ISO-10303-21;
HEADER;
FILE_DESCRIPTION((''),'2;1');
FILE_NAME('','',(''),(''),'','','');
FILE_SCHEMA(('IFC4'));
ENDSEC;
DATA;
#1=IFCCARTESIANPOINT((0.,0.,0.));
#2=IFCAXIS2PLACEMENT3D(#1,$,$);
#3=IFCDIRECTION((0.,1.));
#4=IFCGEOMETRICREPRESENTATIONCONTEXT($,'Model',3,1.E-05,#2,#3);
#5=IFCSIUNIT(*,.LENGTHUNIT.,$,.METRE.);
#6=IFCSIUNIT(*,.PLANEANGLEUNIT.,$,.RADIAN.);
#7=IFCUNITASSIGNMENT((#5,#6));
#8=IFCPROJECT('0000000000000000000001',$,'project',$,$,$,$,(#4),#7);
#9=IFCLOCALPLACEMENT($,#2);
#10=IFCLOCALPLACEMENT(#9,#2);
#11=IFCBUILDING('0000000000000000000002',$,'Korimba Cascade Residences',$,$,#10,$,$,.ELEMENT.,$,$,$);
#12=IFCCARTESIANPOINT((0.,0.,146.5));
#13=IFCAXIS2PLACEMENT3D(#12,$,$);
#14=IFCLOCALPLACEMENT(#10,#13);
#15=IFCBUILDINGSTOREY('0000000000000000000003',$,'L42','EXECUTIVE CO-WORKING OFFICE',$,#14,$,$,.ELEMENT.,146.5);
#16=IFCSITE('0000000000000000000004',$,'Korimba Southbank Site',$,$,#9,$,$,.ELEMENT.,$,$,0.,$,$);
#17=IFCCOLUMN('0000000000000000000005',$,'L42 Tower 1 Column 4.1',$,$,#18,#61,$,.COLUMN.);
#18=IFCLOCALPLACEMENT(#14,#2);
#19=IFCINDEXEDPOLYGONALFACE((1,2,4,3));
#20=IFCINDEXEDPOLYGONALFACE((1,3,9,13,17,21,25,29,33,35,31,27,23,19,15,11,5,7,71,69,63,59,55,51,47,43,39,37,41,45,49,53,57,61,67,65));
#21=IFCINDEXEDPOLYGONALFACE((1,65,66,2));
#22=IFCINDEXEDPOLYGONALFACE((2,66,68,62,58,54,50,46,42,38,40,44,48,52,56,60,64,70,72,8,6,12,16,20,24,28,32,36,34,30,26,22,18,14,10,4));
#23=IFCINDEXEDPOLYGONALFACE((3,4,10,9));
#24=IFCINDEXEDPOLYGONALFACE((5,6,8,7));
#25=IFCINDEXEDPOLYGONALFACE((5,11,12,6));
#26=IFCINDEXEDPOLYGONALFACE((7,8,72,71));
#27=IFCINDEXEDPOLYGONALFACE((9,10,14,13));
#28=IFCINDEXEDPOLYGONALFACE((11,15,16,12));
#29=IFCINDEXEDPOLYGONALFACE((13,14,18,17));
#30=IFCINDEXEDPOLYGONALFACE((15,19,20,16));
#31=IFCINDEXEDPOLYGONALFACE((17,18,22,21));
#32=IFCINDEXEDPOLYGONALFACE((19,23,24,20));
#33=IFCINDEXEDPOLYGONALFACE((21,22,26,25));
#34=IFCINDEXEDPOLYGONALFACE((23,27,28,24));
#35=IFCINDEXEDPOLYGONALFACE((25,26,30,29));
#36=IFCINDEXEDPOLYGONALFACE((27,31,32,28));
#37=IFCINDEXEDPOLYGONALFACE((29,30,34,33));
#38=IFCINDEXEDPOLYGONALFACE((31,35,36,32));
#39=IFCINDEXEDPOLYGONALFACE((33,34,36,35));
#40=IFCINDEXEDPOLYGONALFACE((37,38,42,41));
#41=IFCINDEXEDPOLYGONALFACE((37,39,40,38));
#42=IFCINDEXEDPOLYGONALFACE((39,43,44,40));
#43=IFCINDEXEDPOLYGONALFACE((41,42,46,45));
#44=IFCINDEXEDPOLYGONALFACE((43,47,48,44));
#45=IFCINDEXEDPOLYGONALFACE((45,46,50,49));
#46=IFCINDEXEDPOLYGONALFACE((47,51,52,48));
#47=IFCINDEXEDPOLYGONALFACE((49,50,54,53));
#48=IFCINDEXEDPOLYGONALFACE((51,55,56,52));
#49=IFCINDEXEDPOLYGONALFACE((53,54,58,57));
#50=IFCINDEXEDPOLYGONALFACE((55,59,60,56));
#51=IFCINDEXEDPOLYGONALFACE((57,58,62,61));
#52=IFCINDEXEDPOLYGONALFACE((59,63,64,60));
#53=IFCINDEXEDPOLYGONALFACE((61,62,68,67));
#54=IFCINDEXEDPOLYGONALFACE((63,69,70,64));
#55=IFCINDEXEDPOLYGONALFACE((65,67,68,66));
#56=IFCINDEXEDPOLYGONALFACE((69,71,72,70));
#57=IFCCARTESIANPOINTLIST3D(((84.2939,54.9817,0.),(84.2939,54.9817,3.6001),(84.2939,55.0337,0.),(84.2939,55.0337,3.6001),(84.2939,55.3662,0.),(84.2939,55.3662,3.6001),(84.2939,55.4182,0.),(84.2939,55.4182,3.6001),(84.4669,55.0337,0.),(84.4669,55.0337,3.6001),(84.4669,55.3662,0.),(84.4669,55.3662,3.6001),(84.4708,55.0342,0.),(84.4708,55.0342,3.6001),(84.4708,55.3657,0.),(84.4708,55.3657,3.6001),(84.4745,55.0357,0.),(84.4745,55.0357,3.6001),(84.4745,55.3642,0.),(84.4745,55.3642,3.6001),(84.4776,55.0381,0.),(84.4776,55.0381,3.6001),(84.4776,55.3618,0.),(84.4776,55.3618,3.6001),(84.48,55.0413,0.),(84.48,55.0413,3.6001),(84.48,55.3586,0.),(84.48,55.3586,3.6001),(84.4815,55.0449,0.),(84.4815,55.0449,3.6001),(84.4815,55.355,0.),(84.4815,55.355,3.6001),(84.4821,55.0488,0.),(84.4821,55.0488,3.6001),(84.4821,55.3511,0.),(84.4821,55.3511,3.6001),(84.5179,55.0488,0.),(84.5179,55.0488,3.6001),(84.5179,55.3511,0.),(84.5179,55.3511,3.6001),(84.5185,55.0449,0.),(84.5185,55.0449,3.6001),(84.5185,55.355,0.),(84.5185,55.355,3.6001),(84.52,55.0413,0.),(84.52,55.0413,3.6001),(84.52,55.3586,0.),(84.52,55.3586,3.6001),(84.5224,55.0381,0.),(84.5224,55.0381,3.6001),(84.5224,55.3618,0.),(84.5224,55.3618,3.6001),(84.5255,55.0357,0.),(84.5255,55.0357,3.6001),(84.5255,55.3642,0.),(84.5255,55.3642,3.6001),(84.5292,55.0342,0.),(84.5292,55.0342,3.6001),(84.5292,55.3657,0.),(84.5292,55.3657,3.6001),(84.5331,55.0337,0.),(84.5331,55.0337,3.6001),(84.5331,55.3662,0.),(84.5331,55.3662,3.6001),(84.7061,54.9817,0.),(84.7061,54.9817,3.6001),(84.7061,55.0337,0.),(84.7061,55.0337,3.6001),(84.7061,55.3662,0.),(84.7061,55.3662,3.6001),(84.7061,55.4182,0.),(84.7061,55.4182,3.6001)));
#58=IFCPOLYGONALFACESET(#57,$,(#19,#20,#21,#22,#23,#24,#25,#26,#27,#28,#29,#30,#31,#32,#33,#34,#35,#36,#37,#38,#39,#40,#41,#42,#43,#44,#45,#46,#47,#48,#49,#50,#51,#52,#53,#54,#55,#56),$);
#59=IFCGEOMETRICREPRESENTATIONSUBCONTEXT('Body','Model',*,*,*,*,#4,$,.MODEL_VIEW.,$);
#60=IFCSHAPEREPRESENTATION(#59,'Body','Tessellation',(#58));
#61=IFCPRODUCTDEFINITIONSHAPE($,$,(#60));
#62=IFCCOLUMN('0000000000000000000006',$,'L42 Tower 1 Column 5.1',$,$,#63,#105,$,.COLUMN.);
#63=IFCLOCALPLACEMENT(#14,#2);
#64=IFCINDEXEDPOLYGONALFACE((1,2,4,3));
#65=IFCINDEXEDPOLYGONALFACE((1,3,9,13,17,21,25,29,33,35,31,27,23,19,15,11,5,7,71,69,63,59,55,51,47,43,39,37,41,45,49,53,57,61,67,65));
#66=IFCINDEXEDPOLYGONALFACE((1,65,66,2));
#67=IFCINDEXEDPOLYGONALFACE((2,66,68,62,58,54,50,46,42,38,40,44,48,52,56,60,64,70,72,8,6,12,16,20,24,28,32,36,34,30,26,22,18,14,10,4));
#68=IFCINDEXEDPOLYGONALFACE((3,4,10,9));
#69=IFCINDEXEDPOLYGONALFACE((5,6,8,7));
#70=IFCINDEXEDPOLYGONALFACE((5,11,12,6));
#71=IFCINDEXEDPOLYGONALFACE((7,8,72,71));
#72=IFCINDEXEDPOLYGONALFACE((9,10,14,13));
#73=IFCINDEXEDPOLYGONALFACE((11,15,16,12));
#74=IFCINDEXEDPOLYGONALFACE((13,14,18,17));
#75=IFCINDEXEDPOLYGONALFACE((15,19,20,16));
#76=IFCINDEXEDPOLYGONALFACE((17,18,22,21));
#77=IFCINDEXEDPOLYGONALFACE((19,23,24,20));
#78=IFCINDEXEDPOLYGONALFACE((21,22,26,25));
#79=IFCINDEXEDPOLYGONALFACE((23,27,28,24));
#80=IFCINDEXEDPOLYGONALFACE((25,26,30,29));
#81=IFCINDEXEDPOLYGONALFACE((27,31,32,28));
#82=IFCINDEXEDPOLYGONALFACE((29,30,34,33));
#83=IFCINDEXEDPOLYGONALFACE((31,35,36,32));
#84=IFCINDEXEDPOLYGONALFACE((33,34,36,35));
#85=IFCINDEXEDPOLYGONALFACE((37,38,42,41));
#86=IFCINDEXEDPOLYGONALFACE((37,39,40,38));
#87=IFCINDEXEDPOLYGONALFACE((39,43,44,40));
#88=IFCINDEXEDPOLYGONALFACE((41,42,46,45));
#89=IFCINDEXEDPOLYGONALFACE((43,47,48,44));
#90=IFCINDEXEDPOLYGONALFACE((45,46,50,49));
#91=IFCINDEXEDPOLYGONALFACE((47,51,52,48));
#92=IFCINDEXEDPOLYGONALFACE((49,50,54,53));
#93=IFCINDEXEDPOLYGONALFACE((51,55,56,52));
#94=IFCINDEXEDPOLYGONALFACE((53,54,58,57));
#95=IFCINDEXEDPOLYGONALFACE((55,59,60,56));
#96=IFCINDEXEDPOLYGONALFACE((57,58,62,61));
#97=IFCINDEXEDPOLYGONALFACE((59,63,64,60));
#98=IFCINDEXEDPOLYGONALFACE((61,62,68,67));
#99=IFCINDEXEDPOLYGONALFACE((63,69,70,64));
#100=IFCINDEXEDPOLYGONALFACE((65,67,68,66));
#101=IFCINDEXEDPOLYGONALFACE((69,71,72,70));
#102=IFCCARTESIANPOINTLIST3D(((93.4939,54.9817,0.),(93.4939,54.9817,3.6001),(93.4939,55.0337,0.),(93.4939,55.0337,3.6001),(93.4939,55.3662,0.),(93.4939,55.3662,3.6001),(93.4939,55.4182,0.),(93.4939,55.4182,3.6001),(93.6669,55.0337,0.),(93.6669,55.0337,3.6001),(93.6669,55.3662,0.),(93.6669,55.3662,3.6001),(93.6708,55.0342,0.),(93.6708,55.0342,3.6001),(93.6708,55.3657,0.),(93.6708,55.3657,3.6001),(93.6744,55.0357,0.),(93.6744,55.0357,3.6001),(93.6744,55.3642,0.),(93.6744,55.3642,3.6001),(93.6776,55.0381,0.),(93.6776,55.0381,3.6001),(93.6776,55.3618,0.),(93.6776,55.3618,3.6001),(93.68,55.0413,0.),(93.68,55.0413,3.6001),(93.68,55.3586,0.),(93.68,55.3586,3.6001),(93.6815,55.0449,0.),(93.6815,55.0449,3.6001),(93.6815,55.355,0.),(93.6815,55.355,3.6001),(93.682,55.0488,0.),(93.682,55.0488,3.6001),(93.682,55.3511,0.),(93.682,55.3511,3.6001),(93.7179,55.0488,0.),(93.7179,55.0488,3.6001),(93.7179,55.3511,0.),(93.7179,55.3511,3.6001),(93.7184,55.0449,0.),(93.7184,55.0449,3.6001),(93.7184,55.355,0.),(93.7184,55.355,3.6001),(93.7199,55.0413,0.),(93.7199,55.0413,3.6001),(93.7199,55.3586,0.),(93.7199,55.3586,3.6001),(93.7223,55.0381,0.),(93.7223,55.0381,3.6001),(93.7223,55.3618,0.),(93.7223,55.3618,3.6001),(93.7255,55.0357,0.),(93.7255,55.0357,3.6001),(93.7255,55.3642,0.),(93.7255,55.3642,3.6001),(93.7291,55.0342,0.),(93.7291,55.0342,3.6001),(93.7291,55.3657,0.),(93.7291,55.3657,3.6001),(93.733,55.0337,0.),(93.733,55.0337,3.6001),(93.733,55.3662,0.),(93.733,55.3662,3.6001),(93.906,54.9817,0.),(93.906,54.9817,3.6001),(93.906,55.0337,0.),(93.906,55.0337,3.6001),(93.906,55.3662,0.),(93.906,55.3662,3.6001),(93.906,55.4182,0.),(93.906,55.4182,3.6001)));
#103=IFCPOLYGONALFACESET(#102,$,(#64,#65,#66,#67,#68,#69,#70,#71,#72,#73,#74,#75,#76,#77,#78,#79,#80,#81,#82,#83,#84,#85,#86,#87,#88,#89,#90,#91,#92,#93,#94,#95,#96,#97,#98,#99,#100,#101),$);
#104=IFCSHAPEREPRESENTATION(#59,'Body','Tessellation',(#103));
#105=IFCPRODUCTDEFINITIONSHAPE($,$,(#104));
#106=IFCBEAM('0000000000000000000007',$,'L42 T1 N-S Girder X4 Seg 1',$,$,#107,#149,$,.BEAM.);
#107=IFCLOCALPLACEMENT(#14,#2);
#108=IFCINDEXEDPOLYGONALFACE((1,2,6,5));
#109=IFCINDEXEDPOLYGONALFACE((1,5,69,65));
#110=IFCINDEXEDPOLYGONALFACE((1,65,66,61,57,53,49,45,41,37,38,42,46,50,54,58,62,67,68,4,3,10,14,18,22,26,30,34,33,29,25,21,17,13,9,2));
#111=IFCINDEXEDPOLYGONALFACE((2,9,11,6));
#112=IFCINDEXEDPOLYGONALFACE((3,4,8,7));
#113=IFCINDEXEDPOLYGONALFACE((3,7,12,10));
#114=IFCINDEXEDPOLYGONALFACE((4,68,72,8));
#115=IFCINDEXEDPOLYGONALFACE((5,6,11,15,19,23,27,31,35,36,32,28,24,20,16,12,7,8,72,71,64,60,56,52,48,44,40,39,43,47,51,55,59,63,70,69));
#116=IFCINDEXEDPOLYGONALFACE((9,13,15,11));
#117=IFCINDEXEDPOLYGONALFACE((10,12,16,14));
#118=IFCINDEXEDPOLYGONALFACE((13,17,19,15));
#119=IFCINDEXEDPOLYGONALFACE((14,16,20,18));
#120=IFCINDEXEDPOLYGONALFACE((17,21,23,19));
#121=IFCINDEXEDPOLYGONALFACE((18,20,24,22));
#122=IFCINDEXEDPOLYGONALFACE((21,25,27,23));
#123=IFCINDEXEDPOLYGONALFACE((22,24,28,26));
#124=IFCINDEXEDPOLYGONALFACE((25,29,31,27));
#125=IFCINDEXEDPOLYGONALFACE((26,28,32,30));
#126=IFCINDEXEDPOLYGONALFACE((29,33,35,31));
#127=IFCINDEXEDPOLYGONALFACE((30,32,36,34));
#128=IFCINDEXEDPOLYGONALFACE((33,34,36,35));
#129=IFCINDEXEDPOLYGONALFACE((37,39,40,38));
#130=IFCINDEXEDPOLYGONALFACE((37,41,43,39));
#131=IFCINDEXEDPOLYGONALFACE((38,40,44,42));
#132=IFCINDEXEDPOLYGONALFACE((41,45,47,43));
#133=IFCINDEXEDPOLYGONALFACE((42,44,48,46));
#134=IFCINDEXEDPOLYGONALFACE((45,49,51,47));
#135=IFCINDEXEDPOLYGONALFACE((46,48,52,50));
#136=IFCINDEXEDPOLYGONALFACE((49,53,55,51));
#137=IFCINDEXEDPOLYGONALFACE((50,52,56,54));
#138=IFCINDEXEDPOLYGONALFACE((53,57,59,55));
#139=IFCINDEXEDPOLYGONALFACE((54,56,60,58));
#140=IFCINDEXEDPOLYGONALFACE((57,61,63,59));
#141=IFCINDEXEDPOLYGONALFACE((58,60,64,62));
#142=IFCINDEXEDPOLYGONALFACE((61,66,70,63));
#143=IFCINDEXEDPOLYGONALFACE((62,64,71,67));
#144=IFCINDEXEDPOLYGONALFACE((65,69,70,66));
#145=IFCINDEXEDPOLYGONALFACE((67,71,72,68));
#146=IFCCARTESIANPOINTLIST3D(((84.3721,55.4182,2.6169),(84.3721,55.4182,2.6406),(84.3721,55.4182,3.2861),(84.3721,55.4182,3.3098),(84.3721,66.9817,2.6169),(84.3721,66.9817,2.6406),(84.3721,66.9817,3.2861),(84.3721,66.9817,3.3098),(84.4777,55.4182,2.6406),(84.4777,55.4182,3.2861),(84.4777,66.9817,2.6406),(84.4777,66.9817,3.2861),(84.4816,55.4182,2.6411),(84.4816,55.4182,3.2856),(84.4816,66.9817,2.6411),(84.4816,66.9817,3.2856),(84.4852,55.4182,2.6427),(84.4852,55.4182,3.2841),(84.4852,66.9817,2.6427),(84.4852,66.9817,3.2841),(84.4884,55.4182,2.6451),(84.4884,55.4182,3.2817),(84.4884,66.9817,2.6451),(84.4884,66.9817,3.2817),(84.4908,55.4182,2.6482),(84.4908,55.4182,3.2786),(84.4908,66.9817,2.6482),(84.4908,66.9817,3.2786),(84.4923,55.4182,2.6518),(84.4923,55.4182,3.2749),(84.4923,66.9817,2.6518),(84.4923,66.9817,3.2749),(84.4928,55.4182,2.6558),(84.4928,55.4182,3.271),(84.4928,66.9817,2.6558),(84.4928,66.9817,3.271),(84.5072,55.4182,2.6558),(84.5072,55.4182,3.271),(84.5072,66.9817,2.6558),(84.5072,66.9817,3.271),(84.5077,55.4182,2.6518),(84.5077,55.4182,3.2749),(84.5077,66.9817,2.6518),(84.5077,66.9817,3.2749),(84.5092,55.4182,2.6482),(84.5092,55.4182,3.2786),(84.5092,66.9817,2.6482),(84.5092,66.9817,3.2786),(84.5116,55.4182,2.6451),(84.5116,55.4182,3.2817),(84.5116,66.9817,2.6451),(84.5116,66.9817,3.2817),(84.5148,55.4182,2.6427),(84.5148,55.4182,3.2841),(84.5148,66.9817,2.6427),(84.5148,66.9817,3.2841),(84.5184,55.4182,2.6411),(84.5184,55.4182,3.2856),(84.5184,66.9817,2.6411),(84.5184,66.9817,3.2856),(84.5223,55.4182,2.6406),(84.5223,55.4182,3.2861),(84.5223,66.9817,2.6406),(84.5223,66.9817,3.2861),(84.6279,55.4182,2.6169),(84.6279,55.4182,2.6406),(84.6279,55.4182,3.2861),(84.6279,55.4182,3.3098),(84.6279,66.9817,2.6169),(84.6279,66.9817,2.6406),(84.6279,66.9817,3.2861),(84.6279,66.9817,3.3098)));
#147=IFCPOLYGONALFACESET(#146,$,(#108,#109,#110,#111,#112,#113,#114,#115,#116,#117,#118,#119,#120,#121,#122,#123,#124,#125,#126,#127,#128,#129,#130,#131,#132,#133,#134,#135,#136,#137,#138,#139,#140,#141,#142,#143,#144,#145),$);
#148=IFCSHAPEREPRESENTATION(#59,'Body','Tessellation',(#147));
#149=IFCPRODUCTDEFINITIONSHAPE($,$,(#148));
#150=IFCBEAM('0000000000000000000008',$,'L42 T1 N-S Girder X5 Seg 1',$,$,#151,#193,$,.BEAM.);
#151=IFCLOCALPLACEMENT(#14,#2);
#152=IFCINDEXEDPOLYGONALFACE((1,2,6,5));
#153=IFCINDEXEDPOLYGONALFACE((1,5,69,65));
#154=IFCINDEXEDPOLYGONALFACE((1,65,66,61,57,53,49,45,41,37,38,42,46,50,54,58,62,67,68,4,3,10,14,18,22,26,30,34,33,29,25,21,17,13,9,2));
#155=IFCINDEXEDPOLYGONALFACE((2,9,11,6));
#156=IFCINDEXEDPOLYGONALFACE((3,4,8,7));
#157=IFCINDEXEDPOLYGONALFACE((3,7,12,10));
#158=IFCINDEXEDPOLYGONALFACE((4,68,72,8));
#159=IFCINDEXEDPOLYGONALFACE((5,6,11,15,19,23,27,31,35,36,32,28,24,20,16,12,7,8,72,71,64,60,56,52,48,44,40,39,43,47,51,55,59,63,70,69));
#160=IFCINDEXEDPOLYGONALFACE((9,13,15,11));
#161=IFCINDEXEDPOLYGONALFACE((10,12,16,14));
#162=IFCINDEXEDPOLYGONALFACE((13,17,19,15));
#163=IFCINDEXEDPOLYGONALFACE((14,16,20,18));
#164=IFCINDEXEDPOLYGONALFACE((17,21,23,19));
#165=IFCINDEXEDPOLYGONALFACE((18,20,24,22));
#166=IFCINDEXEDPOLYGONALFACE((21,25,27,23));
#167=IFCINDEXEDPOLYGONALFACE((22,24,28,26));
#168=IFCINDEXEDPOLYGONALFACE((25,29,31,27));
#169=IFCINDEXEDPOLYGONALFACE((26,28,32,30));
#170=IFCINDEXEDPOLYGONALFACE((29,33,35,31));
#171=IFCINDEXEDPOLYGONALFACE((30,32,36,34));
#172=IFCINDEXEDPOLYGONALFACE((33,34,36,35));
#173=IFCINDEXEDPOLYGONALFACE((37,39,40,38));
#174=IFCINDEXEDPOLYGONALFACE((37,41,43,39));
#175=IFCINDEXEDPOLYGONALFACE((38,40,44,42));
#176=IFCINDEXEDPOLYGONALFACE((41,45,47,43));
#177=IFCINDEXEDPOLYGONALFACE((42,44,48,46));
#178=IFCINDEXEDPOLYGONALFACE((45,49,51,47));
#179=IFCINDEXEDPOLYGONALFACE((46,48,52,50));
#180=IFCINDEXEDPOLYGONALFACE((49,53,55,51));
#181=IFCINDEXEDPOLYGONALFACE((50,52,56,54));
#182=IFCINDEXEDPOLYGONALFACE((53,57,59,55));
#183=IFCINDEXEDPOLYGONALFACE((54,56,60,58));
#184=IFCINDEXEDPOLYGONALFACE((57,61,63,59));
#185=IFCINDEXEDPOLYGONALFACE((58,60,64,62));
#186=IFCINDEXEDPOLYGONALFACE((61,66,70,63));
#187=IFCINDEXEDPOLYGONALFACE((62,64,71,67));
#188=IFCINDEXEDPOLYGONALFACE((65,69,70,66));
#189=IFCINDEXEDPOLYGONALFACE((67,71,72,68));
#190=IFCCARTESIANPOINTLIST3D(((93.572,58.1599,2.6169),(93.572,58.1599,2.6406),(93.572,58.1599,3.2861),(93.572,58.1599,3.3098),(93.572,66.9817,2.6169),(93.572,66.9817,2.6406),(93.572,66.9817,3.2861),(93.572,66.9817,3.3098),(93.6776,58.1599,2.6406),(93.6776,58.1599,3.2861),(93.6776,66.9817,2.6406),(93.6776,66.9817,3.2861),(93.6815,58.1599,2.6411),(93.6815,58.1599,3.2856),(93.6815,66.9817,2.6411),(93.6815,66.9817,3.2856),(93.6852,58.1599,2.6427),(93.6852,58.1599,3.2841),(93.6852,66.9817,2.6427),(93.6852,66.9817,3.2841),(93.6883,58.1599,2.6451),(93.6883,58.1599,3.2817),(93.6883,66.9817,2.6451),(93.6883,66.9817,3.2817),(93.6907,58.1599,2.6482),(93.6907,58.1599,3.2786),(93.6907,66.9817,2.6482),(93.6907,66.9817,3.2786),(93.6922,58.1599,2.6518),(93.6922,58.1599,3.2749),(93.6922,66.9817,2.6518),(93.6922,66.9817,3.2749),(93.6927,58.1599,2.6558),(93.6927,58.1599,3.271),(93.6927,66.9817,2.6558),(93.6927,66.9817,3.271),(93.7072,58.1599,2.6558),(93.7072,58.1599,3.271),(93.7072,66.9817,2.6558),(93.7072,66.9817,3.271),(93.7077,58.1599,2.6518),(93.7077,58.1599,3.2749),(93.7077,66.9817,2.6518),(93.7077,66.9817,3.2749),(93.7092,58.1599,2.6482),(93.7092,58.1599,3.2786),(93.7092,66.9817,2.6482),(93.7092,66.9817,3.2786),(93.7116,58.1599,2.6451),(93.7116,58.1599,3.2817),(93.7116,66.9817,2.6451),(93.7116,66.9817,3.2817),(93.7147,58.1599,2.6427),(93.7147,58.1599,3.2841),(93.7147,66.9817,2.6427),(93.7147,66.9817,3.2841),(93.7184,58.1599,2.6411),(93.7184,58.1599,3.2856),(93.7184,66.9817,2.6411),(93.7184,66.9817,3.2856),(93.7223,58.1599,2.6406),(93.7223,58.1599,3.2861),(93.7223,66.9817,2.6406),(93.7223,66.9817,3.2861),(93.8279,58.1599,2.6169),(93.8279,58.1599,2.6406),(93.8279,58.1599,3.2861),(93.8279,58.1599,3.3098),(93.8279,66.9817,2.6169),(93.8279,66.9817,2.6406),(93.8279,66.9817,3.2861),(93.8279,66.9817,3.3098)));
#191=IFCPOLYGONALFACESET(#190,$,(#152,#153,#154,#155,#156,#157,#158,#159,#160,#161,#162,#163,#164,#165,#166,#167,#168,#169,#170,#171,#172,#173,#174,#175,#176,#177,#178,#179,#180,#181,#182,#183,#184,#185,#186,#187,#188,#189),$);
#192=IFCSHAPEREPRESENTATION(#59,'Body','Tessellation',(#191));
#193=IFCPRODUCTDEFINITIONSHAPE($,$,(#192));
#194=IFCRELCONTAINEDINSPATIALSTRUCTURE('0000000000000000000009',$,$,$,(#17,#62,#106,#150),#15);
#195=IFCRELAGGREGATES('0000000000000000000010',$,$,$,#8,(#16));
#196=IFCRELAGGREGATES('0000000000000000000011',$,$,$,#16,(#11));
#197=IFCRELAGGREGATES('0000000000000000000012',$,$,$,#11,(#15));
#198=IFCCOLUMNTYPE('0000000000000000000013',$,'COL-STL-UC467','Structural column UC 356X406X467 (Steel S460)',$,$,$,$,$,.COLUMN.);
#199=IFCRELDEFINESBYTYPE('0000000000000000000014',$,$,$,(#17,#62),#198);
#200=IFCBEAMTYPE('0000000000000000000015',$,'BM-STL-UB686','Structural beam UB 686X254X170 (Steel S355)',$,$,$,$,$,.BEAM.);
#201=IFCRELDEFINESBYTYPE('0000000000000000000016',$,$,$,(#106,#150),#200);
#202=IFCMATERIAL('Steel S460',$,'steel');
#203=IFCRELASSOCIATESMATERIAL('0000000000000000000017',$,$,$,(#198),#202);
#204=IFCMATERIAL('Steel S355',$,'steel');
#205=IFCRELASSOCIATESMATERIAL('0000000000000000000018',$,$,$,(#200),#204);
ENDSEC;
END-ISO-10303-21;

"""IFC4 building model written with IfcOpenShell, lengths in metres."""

from ifc_helpers import new_model, si_unit, direction, frame, origin, origin_2d, place, context, subcontext, project, spatial, i_section, extrude, material, material_profile, profile_set, type_object, element, save


model = new_model("IFC4")

# Units and contexts
model_context = context("Model", 3, precision=1e-05, world=origin(), true_north=direction((0.0, 1.0)))
body_context = subcontext(model_context, "Body", "Model", "MODEL_VIEW")
ifc_project = project(units=[si_unit("LENGTHUNIT", "METRE"), si_unit("PLANEANGLEUNIT", "RADIAN")], contexts=[model_context])

# Site, building, storey
site_placement = place(None, origin())
site = spatial("IfcSite", under=ifc_project, at=site_placement, Name="Korimba Southbank Site", CompositionType="ELEMENT", RefElevation=0.0)
building_placement = place(site_placement, origin())
building = spatial("IfcBuilding", under=site, at=building_placement, Name="Korimba Cascade Residences", CompositionType="ELEMENT")
storey_placement = place(building_placement, frame((0.0, 0.0, 146.5)))
storey = spatial("IfcBuildingStorey", under=building, at=storey_placement, Name="L42", Description="EXECUTIVE CO-WORKING OFFICE", CompositionType="ELEMENT", Elevation=146.5)

# Columns
ifc_material_1 = material(Name="Steel S460", Category="steel")
ifc_material_profile_1 = material_profile(ifc_material_1, i_section(OverallWidth=0.4121, OverallDepth=0.4365, WebThickness=0.0359, FlangeThickness=0.052, FilletRadius=0.0151, at=origin_2d()), Name="Steel S460")
ifc_profile_set_1 = profile_set([ifc_material_profile_1], Name="Steel S460")
column_type = type_object("IfcColumnType", Name="COL-STL-UC467", Description="Structural column UC 356X406X467 (Steel S460)", PredefinedType="COLUMN", material=ifc_profile_set_1)
for number, where, z_axis, x_axis, name in (
    (1, (84.5, 55.2, 0.0), (0.0, 0.0, 1.0), (1.0, 0.0, 0.0), "L42 Tower 1 Column 4.1"),
    (2, (93.7, 55.2, 0.0), (0.0, 0.0, 1.0), (1.0, 0.0, 0.0), "L42 Tower 1 Column 5.1"),
):
    element("IfcColumn", number, at=place(storey_placement, frame(where, z_axis=z_axis, x_axis=x_axis)), inside=storey, type_object=column_type, Name=name, PredefinedType="COLUMN", context=body_context, shape_type="SweptSolid", body=[
        extrude(i_section(OverallWidth=0.4121, OverallDepth=0.4365, WebThickness=0.0359, FlangeThickness=0.052, FilletRadius=0.0151, at=origin_2d()), origin(), (0.0, 0.0, 1.0), 3.6001),
    ])

# Beams
ifc_material_2 = material(Name="Steel S355", Category="steel")
ifc_material_profile_2 = material_profile(ifc_material_2, i_section(OverallWidth=0.2559, OverallDepth=0.6929, WebThickness=0.0144, FlangeThickness=0.0237, FilletRadius=0.0151, at=origin_2d()), Name="Steel S355")
ifc_profile_set_2 = profile_set([ifc_material_profile_2], Name="Steel S355")
beam_type = type_object("IfcBeamType", Name="BM-STL-UB686", Description="Structural beam UB 686X254X170 (Steel S355)", PredefinedType="BEAM", material=ifc_profile_set_2)
beam_1_placement = place(storey_placement, frame((84.5, 55.4182, 2.9634), z_axis=(0.0, 1.0, 0.0), x_axis=(-1.0, 0.0, 0.0)))
element("IfcBeam", 3, at=beam_1_placement, inside=storey, type_object=beam_type, Name="L42 T1 N-S Girder X4 Seg 1", PredefinedType="BEAM", context=body_context, shape_type="SweptSolid", body=[
    extrude(i_section(OverallWidth=0.2559, OverallDepth=0.6929, WebThickness=0.0144, FlangeThickness=0.0237, FilletRadius=0.0151, at=origin_2d()), origin(), (0.0, 0.0, 1.0), 11.5635),
])
beam_2_placement = place(storey_placement, frame((93.7, 58.1599, 2.9634), z_axis=(0.0, 1.0, 0.0), x_axis=(-1.0, 0.0, 0.0)))
element("IfcBeam", 4, at=beam_2_placement, inside=storey, type_object=beam_type, Name="L42 T1 N-S Girder X5 Seg 1", PredefinedType="BEAM", context=body_context, shape_type="SweptSolid", body=[
    extrude(i_section(OverallWidth=0.2559, OverallDepth=0.6929, WebThickness=0.0144, FlangeThickness=0.0237, FilletRadius=0.0151, at=origin_2d()), origin(), (0.0, 0.0, 1.0), 8.8218),
])

save(model, "model.ifc")
